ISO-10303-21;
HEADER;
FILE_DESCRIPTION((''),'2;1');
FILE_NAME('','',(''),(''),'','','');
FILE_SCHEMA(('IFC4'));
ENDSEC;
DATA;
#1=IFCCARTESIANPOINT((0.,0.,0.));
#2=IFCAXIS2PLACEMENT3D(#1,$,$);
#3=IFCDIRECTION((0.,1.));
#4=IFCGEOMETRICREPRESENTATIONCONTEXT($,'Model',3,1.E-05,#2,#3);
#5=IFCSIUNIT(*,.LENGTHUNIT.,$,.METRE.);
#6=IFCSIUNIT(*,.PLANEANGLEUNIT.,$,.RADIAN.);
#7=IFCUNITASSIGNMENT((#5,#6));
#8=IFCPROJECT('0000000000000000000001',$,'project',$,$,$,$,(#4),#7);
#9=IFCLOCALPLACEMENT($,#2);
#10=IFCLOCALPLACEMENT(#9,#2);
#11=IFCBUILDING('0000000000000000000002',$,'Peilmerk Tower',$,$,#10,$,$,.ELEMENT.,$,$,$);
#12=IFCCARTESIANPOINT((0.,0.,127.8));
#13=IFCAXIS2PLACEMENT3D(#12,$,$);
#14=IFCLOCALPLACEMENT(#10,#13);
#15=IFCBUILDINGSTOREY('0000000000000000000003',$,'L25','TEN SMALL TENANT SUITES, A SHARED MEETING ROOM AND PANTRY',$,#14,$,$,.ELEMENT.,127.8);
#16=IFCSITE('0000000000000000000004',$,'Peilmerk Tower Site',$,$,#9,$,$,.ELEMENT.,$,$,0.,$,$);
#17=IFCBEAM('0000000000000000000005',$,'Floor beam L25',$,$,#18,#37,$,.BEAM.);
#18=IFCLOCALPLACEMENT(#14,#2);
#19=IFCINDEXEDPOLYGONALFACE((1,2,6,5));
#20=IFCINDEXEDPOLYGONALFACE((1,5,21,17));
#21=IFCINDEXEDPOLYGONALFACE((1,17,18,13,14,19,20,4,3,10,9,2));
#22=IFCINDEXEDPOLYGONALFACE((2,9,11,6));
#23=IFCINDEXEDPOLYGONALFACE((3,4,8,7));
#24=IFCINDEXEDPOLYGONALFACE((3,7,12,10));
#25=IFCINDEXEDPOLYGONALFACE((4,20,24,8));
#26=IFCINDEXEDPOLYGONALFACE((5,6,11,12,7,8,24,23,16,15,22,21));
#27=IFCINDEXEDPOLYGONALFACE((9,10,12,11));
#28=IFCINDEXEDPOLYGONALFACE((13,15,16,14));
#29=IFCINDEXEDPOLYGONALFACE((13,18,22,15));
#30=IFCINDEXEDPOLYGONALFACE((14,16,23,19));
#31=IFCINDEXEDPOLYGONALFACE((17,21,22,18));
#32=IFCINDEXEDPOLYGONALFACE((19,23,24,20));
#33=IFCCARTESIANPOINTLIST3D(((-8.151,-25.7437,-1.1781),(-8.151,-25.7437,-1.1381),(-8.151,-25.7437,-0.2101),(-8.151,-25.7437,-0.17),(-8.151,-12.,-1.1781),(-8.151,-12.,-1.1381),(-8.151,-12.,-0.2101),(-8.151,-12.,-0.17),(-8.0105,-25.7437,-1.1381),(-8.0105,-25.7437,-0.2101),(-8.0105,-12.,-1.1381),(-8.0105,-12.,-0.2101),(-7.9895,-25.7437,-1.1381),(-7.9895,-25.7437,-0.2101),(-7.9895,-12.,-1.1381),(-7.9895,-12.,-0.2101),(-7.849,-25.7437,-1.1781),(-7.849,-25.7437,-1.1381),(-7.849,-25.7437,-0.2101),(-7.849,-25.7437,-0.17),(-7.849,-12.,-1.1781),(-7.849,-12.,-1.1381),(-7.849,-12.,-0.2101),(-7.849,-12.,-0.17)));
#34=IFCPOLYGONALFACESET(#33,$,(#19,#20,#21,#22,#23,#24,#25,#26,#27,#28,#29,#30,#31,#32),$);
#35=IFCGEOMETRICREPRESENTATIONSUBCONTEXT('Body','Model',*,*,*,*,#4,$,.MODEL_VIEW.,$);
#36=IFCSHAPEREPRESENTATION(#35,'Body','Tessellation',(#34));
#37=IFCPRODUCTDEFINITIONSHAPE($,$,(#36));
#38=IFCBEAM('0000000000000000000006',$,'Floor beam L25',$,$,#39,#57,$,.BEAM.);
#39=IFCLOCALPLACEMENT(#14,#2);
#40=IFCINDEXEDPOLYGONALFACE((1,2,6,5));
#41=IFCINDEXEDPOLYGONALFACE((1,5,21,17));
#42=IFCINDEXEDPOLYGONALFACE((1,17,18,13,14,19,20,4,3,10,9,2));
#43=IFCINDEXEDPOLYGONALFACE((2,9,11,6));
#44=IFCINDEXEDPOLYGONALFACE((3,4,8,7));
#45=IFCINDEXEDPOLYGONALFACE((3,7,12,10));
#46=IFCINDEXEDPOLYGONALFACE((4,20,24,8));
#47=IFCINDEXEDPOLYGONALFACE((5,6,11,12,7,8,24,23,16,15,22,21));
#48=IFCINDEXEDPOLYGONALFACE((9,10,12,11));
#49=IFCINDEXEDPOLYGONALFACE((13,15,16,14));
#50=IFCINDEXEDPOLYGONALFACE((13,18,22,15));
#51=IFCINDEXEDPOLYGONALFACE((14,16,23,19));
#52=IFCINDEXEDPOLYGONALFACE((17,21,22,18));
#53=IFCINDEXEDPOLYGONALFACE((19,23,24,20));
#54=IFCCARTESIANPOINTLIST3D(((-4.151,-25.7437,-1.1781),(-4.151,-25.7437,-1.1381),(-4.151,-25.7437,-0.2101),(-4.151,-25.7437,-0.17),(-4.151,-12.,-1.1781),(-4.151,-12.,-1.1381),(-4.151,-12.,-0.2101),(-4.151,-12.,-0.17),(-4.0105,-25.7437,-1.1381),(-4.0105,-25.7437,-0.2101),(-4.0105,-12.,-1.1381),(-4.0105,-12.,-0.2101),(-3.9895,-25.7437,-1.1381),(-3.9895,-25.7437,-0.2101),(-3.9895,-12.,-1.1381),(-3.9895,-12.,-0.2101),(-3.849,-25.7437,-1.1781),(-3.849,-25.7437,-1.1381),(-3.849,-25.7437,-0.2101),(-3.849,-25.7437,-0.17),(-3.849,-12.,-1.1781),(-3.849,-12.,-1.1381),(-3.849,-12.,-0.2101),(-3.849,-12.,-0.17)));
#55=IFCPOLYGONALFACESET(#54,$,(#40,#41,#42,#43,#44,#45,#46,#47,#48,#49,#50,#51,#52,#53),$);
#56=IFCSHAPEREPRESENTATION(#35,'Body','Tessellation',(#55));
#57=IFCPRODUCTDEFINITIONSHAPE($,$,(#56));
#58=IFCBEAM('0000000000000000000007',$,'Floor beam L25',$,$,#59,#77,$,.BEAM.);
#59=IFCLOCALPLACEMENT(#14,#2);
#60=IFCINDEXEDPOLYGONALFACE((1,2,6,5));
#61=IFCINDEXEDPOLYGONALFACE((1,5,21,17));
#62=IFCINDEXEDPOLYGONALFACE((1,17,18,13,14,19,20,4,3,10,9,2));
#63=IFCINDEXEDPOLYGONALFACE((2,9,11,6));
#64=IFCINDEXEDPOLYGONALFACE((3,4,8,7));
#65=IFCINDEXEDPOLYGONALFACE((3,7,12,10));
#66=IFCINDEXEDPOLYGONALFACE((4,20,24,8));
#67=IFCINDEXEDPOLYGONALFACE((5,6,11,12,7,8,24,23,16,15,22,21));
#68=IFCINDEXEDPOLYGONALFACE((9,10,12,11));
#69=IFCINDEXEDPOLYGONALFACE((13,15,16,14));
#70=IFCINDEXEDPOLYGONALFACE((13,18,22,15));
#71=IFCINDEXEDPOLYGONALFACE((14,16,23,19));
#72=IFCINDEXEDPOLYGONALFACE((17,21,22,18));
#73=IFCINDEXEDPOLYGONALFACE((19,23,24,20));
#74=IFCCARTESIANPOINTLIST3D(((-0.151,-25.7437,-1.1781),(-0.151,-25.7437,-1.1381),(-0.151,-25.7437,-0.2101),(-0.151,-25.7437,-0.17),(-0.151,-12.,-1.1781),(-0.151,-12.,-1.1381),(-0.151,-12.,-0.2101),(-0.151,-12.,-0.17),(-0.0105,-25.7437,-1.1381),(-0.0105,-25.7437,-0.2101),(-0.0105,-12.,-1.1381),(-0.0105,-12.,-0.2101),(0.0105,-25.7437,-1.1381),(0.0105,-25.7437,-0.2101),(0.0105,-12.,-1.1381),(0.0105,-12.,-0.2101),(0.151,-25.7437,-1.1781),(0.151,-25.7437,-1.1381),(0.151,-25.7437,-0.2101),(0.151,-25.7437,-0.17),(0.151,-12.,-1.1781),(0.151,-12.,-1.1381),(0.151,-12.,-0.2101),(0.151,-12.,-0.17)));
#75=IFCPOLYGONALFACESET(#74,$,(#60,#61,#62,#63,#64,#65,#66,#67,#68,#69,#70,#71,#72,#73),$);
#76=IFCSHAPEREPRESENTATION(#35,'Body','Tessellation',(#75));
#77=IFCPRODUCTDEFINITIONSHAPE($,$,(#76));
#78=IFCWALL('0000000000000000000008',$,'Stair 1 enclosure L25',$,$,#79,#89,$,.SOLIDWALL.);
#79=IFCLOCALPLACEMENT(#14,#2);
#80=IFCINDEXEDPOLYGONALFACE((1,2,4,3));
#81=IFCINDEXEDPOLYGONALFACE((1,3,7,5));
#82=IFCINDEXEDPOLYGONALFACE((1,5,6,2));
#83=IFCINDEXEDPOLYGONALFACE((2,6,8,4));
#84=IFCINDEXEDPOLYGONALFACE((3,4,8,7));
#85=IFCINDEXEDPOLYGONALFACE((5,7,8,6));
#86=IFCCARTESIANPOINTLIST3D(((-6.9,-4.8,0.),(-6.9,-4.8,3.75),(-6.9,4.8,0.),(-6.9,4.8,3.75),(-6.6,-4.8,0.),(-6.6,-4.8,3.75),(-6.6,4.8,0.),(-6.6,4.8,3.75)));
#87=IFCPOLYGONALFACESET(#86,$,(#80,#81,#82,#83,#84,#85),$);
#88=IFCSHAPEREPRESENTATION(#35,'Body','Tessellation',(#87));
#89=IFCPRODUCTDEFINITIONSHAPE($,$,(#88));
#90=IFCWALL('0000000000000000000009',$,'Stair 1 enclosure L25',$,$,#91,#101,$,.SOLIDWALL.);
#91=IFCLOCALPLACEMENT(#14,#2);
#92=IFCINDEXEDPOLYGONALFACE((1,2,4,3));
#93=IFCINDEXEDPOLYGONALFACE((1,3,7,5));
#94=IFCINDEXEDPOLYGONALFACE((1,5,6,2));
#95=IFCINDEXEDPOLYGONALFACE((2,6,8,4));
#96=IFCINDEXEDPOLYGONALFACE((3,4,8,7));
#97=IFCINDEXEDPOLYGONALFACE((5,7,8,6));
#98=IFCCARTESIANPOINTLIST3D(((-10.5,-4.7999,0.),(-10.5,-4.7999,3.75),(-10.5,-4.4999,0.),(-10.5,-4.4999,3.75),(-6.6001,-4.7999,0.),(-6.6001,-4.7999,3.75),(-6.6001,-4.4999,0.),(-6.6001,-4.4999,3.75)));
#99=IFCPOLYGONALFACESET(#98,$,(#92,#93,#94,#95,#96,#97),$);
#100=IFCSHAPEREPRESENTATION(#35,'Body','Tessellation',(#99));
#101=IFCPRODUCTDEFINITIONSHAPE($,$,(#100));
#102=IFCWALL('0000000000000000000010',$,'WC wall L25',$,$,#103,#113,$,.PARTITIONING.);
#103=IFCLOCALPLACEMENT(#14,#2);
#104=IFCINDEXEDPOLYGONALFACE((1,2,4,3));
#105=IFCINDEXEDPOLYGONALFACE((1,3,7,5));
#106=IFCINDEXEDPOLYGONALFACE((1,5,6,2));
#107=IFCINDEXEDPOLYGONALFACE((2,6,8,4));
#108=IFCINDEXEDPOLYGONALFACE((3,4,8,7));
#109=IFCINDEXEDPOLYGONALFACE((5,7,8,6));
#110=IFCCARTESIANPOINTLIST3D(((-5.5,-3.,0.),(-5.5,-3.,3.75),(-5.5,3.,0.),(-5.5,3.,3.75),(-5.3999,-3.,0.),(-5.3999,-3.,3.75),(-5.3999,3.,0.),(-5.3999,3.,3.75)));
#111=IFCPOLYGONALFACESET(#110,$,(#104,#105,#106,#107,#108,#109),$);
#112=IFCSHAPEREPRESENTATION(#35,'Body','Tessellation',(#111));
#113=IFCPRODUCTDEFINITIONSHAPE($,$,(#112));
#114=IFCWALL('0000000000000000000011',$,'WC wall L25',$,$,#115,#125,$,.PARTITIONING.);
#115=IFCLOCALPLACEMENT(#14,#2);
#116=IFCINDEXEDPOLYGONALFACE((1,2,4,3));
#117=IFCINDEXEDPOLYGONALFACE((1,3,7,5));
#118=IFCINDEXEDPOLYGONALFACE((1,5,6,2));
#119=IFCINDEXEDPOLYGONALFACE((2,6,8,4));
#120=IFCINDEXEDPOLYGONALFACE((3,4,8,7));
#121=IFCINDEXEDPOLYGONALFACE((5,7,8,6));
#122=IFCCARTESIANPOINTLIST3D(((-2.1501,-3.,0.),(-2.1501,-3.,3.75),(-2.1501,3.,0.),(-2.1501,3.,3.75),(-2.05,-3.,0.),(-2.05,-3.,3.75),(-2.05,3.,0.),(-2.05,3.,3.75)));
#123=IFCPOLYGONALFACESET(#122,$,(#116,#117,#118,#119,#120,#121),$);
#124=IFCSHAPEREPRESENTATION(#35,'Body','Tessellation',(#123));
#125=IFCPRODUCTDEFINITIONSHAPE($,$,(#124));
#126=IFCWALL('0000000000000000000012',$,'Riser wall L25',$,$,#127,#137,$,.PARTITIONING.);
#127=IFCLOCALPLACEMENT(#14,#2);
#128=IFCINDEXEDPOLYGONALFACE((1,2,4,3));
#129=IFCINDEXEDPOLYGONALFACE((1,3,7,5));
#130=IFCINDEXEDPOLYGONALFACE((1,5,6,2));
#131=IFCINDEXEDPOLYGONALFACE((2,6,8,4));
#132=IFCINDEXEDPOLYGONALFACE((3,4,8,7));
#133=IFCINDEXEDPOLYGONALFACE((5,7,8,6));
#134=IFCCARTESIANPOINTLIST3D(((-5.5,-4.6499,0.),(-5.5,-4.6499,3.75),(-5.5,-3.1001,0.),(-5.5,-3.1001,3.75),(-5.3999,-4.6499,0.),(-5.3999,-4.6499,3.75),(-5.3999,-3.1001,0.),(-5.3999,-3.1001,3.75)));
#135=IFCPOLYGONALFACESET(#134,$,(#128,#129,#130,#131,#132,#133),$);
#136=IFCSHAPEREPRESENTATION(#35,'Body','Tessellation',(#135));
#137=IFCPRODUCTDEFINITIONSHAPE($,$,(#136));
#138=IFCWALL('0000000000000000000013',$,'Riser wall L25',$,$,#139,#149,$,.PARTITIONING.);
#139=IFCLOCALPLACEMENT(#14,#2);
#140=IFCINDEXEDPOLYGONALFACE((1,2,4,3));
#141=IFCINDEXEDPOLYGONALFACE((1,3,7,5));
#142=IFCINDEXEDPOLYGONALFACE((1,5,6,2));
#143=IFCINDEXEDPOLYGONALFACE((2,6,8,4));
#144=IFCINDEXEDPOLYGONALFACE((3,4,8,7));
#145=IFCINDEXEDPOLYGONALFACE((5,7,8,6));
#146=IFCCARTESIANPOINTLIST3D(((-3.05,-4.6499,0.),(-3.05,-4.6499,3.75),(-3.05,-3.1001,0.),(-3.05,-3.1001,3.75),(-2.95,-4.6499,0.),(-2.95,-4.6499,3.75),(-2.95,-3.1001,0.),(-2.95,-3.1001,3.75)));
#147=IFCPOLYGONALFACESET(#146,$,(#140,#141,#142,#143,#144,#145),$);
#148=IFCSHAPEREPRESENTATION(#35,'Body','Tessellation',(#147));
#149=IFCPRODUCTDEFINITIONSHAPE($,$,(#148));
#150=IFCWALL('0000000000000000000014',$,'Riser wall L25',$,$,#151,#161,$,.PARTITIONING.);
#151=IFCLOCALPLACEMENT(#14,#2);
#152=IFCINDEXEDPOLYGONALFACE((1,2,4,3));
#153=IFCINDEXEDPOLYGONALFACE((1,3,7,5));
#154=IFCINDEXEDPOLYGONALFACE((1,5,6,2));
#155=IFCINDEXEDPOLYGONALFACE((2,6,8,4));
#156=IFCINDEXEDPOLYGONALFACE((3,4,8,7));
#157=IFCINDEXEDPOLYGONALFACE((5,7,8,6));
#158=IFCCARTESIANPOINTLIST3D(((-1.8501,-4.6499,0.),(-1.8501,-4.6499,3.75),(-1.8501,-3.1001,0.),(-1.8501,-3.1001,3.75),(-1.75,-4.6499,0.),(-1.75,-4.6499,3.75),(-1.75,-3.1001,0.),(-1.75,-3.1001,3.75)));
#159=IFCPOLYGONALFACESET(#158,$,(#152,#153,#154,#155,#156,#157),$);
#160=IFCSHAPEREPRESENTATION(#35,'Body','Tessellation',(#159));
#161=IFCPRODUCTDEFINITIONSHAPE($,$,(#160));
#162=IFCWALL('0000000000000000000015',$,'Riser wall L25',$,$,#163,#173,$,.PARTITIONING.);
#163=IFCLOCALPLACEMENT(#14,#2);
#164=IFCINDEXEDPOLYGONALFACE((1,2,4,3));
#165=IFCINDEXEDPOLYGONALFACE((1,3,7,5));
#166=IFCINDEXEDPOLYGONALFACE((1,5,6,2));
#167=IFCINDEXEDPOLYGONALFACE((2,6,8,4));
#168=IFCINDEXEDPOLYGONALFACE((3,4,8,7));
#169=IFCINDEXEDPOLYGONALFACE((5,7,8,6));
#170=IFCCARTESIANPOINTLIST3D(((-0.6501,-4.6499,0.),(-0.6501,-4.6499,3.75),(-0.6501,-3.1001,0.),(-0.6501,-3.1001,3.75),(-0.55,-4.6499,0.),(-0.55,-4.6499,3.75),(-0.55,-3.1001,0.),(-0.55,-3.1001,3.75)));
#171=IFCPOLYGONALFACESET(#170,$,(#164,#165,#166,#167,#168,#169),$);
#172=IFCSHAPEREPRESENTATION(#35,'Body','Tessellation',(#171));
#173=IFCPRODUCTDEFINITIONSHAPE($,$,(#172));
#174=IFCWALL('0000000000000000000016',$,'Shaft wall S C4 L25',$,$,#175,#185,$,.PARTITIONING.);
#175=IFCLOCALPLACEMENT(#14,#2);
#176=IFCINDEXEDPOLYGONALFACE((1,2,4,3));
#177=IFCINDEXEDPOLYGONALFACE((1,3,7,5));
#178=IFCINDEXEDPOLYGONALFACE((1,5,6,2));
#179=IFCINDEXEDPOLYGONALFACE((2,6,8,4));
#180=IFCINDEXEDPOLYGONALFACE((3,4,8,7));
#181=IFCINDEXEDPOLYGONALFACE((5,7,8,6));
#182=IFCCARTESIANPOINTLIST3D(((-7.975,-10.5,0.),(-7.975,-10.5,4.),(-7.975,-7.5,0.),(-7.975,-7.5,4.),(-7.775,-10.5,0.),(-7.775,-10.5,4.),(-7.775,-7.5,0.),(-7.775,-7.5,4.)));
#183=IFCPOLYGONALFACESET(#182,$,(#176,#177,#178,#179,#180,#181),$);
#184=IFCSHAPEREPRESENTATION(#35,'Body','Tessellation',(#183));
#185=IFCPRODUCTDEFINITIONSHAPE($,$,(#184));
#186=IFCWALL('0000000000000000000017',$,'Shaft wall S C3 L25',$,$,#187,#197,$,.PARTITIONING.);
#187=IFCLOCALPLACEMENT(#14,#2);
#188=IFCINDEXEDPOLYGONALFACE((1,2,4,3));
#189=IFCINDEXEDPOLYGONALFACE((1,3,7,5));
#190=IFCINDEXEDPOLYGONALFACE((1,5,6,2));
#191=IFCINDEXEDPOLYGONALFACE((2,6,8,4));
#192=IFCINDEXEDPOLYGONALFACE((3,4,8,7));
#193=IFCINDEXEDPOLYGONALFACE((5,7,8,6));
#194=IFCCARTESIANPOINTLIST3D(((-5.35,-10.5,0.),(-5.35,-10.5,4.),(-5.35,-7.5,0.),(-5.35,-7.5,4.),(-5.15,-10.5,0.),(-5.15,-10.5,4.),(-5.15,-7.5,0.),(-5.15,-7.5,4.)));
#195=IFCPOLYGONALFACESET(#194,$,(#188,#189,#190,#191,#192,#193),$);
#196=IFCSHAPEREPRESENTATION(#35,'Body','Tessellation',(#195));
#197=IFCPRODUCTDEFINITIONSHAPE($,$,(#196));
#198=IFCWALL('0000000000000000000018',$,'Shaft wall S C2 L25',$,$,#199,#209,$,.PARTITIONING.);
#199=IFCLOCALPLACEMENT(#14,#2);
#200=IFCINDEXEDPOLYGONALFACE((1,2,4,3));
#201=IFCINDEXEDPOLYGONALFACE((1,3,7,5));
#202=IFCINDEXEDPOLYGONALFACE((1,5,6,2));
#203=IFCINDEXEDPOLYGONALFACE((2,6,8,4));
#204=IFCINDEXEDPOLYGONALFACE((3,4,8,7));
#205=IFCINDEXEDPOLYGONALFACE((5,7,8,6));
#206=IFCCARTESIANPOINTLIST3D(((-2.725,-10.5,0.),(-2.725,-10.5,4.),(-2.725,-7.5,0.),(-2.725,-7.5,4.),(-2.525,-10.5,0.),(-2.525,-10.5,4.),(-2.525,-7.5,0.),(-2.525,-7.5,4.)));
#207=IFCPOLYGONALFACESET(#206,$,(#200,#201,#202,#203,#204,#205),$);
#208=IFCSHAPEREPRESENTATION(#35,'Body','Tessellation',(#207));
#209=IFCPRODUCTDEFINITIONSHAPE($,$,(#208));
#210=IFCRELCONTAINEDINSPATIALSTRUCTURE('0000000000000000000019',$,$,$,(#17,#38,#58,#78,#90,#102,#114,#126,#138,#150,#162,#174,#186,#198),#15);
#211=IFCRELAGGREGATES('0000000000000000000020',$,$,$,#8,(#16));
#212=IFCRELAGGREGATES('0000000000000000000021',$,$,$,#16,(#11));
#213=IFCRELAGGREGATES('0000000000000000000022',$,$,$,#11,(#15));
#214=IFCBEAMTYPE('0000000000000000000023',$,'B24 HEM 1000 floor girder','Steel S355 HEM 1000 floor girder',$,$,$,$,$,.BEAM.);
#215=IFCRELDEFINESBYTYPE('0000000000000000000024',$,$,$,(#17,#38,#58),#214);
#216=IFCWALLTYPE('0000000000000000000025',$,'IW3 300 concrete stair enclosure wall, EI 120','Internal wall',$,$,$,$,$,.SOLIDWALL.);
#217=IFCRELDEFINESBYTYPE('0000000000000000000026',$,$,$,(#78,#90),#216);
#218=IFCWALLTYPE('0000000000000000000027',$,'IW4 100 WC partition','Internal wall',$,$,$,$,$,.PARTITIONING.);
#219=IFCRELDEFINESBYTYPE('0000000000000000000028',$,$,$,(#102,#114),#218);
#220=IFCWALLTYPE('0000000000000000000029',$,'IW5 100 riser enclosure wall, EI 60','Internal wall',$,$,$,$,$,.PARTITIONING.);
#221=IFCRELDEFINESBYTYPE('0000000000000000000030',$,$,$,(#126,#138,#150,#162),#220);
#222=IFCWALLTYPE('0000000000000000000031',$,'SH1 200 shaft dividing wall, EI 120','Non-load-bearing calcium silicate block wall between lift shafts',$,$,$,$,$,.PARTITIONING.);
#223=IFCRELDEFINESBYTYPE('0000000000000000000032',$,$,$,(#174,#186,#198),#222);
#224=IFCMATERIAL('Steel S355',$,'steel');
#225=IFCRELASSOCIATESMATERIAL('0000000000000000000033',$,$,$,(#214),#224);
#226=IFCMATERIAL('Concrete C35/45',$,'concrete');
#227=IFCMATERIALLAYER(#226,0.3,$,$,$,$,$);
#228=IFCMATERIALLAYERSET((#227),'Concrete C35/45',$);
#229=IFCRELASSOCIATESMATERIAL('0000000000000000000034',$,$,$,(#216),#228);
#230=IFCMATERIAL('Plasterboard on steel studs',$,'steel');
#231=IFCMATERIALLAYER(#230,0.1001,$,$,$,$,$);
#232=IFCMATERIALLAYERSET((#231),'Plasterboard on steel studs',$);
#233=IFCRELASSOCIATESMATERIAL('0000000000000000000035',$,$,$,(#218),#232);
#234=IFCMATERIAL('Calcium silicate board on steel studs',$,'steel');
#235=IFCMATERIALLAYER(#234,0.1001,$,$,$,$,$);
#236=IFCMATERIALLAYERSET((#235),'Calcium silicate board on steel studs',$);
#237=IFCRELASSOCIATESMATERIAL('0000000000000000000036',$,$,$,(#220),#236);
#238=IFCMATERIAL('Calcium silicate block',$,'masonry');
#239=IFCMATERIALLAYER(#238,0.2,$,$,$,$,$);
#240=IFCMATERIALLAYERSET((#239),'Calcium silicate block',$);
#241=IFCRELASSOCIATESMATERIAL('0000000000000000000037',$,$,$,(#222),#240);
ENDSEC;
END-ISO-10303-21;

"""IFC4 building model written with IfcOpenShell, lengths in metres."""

from ifc_helpers import new_model, si_unit, direction, frame, frame_2d, origin, origin_2d, place, context, subcontext, project, spatial, rectangle, i_section, extrude, material, layer, layer_set, material_profile, profile_set, type_object, element, save


model = new_model("IFC4")

# Units and contexts
model_context = context("Model", 3, precision=1e-05, world=origin(), true_north=direction((0.0, 1.0)))
body_context = subcontext(model_context, "Body", "Model", "MODEL_VIEW")
ifc_project = project(units=[si_unit("LENGTHUNIT", "METRE"), si_unit("PLANEANGLEUNIT", "RADIAN")], contexts=[model_context])

# Site, building, storey
site_placement = place(None, origin())
site = spatial("IfcSite", under=ifc_project, at=site_placement, Name="Peilmerk Tower Site", CompositionType="ELEMENT", RefElevation=0.0)
building_placement = place(site_placement, origin())
building = spatial("IfcBuilding", under=site, at=building_placement, Name="Peilmerk Tower", CompositionType="ELEMENT")
storey_placement = place(building_placement, frame((0.0, 0.0, 127.8)))
storey = spatial("IfcBuildingStorey", under=building, at=storey_placement, Name="L25", Description="TEN SMALL TENANT SUITES, A SHARED MEETING ROOM AND PANTRY", CompositionType="ELEMENT", Elevation=127.8)

# Beams
ifc_material_1 = material(Name="Steel S355", Category="steel")
ifc_material_profile = material_profile(ifc_material_1, i_section(OverallWidth=0.302, OverallDepth=1.0081, WebThickness=0.021, FlangeThickness=0.04, at=origin_2d()), Name="HEM 1000")
ifc_profile_set = profile_set([ifc_material_profile], Name="Steel S355")
beam_type = type_object("IfcBeamType", Name="B24 HEM 1000 floor girder", Description="Steel S355 HEM 1000 floor girder", PredefinedType="BEAM", material=ifc_profile_set)
for number, where, z_axis, x_axis, name in (
    (1, (-8.0, -12.0, -0.6741), (0.0, -1.0, 0.0), (1.0, 0.0, 0.0), "Floor beam L25"),
    (2, (-4.0, -12.0, -0.6741), (0.0, -1.0, 0.0), (1.0, 0.0, 0.0), "Floor beam L25"),
    (3, (0.0, -12.0, -0.6741), (0.0, -1.0, 0.0), (1.0, 0.0, 0.0), "Floor beam L25"),
):
    element("IfcBeam", number, at=place(storey_placement, frame(where, z_axis=z_axis, x_axis=x_axis)), inside=storey, type_object=beam_type, Name=name, PredefinedType="BEAM", context=body_context, shape_type="SweptSolid", body=[
        extrude(i_section(OverallWidth=0.302, OverallDepth=1.0081, WebThickness=0.021, FlangeThickness=0.04, at=origin_2d()), origin(), (0.0, 0.0, 1.0), 13.7437),
    ])

# Walls
ifc_material_2 = material(Name="Concrete C35/45", Category="concrete")
ifc_layer_1 = layer(ifc_material_2, 0.3)
ifc_layer_set_1 = layer_set([ifc_layer_1], Name="Concrete C35/45")
wall_type_1 = type_object("IfcWallType", Name="IW3 300 concrete stair enclosure wall, EI 120", Description="Internal wall", PredefinedType="SOLIDWALL", material=ifc_layer_set_1)
wall_1_placement = place(storey_placement, frame((-6.75, -4.8, 0.0), z_axis=(0.0, 0.0, 1.0), x_axis=(0.0, 1.0, 0.0)))
element("IfcWall", 4, at=wall_1_placement, inside=storey, type_object=wall_type_1, Name="Stair 1 enclosure L25", PredefinedType="SOLIDWALL", context=body_context, shape_type="SweptSolid", body=[
    extrude(rectangle(XDim=9.6001, YDim=0.3, at=frame_2d((4.8, 0.0))), origin(), (0.0, 0.0, 1.0), 3.75),
])
wall_2_placement = place(storey_placement, frame((-6.6001, -4.6499, 0.0), z_axis=(0.0, 0.0, 1.0), x_axis=(-1.0, 0.0, 0.0)))
element("IfcWall", 5, at=wall_2_placement, inside=storey, type_object=wall_type_1, Name="Stair 1 enclosure L25", PredefinedType="SOLIDWALL", context=body_context, shape_type="SweptSolid", body=[
    extrude(rectangle(XDim=3.8999, YDim=0.3, at=frame_2d((1.95, 0.0))), origin(), (0.0, 0.0, 1.0), 3.75),
])
ifc_material_3 = material(Name="Plasterboard on steel studs", Category="steel")
ifc_layer_2 = layer(ifc_material_3, 0.1001)
ifc_layer_set_2 = layer_set([ifc_layer_2], Name="Plasterboard on steel studs")
wall_type_2 = type_object("IfcWallType", Name="IW4 100 WC partition", Description="Internal wall", PredefinedType="PARTITIONING", material=ifc_layer_set_2)
for number, where, z_axis, x_axis, name in (
    (6, (-5.45, -3.0, 0.0), (0.0, 0.0, 1.0), (0.0, 1.0, 0.0), "WC wall L25"),
    (7, (-2.1001, -3.0, 0.0), (0.0, 0.0, 1.0), (0.0, 1.0, 0.0), "WC wall L25"),
):
    element("IfcWall", number, at=place(storey_placement, frame(where, z_axis=z_axis, x_axis=x_axis)), inside=storey, type_object=wall_type_2, Name=name, PredefinedType="PARTITIONING", context=body_context, shape_type="SweptSolid", body=[
        extrude(rectangle(XDim=6.0, YDim=0.1001, at=frame_2d((3.0, 0.0))), origin(), (0.0, 0.0, 1.0), 3.75),
    ])
ifc_material_4 = material(Name="Calcium silicate board on steel studs", Category="steel")
ifc_layer_3 = layer(ifc_material_4, 0.1001)
ifc_layer_set_3 = layer_set([ifc_layer_3], Name="Calcium silicate board on steel studs")
wall_type_3 = type_object("IfcWallType", Name="IW5 100 riser enclosure wall, EI 60", Description="Internal wall", PredefinedType="PARTITIONING", material=ifc_layer_set_3)
for number, where, z_axis, x_axis, name in (
    (8, (-5.45, -3.1001, 0.0), (0.0, 0.0, 1.0), (0.0, -1.0, 0.0), "Riser wall L25"),
    (9, (-3.0, -3.1001, 0.0), (0.0, 0.0, 1.0), (0.0, -1.0, 0.0), "Riser wall L25"),
    (10, (-1.8, -3.1001, 0.0), (0.0, 0.0, 1.0), (0.0, -1.0, 0.0), "Riser wall L25"),
    (11, (-0.6001, -3.1001, 0.0), (0.0, 0.0, 1.0), (0.0, -1.0, 0.0), "Riser wall L25"),
):
    element("IfcWall", number, at=place(storey_placement, frame(where, z_axis=z_axis, x_axis=x_axis)), inside=storey, type_object=wall_type_3, Name=name, PredefinedType="PARTITIONING", context=body_context, shape_type="SweptSolid", body=[
        extrude(rectangle(XDim=1.5498, YDim=0.1001, at=frame_2d((0.7749, 0.0))), origin(), (0.0, 0.0, 1.0), 3.75),
    ])
ifc_material_5 = material(Name="Calcium silicate block", Category="masonry")
ifc_layer_4 = layer(ifc_material_5, 0.2)
ifc_layer_set_4 = layer_set([ifc_layer_4], Name="Calcium silicate block")
wall_type_4 = type_object("IfcWallType", Name="SH1 200 shaft dividing wall, EI 120", Description="Non-load-bearing calcium silicate block wall between lift shafts", PredefinedType="PARTITIONING", material=ifc_layer_set_4)
for number, where, z_axis, x_axis, name in (
    (12, (-7.875, -10.5, 0.0), (0.0, 0.0, 1.0), (0.0, 1.0, 0.0), "Shaft wall S C4 L25"),
    (13, (-5.25, -10.5, 0.0), (0.0, 0.0, 1.0), (0.0, 1.0, 0.0), "Shaft wall S C3 L25"),
    (14, (-2.625, -10.5, 0.0), (0.0, 0.0, 1.0), (0.0, 1.0, 0.0), "Shaft wall S C2 L25"),
):
    element("IfcWall", number, at=place(storey_placement, frame(where, z_axis=z_axis, x_axis=x_axis)), inside=storey, type_object=wall_type_4, Name=name, PredefinedType="PARTITIONING", context=body_context, shape_type="SweptSolid", body=[
        extrude(rectangle(XDim=3.0, YDim=0.2, at=frame_2d((1.5, 0.0))), origin(), (0.0, 0.0, 1.0), 4.0),
    ])

save(model, "model.ifc")
